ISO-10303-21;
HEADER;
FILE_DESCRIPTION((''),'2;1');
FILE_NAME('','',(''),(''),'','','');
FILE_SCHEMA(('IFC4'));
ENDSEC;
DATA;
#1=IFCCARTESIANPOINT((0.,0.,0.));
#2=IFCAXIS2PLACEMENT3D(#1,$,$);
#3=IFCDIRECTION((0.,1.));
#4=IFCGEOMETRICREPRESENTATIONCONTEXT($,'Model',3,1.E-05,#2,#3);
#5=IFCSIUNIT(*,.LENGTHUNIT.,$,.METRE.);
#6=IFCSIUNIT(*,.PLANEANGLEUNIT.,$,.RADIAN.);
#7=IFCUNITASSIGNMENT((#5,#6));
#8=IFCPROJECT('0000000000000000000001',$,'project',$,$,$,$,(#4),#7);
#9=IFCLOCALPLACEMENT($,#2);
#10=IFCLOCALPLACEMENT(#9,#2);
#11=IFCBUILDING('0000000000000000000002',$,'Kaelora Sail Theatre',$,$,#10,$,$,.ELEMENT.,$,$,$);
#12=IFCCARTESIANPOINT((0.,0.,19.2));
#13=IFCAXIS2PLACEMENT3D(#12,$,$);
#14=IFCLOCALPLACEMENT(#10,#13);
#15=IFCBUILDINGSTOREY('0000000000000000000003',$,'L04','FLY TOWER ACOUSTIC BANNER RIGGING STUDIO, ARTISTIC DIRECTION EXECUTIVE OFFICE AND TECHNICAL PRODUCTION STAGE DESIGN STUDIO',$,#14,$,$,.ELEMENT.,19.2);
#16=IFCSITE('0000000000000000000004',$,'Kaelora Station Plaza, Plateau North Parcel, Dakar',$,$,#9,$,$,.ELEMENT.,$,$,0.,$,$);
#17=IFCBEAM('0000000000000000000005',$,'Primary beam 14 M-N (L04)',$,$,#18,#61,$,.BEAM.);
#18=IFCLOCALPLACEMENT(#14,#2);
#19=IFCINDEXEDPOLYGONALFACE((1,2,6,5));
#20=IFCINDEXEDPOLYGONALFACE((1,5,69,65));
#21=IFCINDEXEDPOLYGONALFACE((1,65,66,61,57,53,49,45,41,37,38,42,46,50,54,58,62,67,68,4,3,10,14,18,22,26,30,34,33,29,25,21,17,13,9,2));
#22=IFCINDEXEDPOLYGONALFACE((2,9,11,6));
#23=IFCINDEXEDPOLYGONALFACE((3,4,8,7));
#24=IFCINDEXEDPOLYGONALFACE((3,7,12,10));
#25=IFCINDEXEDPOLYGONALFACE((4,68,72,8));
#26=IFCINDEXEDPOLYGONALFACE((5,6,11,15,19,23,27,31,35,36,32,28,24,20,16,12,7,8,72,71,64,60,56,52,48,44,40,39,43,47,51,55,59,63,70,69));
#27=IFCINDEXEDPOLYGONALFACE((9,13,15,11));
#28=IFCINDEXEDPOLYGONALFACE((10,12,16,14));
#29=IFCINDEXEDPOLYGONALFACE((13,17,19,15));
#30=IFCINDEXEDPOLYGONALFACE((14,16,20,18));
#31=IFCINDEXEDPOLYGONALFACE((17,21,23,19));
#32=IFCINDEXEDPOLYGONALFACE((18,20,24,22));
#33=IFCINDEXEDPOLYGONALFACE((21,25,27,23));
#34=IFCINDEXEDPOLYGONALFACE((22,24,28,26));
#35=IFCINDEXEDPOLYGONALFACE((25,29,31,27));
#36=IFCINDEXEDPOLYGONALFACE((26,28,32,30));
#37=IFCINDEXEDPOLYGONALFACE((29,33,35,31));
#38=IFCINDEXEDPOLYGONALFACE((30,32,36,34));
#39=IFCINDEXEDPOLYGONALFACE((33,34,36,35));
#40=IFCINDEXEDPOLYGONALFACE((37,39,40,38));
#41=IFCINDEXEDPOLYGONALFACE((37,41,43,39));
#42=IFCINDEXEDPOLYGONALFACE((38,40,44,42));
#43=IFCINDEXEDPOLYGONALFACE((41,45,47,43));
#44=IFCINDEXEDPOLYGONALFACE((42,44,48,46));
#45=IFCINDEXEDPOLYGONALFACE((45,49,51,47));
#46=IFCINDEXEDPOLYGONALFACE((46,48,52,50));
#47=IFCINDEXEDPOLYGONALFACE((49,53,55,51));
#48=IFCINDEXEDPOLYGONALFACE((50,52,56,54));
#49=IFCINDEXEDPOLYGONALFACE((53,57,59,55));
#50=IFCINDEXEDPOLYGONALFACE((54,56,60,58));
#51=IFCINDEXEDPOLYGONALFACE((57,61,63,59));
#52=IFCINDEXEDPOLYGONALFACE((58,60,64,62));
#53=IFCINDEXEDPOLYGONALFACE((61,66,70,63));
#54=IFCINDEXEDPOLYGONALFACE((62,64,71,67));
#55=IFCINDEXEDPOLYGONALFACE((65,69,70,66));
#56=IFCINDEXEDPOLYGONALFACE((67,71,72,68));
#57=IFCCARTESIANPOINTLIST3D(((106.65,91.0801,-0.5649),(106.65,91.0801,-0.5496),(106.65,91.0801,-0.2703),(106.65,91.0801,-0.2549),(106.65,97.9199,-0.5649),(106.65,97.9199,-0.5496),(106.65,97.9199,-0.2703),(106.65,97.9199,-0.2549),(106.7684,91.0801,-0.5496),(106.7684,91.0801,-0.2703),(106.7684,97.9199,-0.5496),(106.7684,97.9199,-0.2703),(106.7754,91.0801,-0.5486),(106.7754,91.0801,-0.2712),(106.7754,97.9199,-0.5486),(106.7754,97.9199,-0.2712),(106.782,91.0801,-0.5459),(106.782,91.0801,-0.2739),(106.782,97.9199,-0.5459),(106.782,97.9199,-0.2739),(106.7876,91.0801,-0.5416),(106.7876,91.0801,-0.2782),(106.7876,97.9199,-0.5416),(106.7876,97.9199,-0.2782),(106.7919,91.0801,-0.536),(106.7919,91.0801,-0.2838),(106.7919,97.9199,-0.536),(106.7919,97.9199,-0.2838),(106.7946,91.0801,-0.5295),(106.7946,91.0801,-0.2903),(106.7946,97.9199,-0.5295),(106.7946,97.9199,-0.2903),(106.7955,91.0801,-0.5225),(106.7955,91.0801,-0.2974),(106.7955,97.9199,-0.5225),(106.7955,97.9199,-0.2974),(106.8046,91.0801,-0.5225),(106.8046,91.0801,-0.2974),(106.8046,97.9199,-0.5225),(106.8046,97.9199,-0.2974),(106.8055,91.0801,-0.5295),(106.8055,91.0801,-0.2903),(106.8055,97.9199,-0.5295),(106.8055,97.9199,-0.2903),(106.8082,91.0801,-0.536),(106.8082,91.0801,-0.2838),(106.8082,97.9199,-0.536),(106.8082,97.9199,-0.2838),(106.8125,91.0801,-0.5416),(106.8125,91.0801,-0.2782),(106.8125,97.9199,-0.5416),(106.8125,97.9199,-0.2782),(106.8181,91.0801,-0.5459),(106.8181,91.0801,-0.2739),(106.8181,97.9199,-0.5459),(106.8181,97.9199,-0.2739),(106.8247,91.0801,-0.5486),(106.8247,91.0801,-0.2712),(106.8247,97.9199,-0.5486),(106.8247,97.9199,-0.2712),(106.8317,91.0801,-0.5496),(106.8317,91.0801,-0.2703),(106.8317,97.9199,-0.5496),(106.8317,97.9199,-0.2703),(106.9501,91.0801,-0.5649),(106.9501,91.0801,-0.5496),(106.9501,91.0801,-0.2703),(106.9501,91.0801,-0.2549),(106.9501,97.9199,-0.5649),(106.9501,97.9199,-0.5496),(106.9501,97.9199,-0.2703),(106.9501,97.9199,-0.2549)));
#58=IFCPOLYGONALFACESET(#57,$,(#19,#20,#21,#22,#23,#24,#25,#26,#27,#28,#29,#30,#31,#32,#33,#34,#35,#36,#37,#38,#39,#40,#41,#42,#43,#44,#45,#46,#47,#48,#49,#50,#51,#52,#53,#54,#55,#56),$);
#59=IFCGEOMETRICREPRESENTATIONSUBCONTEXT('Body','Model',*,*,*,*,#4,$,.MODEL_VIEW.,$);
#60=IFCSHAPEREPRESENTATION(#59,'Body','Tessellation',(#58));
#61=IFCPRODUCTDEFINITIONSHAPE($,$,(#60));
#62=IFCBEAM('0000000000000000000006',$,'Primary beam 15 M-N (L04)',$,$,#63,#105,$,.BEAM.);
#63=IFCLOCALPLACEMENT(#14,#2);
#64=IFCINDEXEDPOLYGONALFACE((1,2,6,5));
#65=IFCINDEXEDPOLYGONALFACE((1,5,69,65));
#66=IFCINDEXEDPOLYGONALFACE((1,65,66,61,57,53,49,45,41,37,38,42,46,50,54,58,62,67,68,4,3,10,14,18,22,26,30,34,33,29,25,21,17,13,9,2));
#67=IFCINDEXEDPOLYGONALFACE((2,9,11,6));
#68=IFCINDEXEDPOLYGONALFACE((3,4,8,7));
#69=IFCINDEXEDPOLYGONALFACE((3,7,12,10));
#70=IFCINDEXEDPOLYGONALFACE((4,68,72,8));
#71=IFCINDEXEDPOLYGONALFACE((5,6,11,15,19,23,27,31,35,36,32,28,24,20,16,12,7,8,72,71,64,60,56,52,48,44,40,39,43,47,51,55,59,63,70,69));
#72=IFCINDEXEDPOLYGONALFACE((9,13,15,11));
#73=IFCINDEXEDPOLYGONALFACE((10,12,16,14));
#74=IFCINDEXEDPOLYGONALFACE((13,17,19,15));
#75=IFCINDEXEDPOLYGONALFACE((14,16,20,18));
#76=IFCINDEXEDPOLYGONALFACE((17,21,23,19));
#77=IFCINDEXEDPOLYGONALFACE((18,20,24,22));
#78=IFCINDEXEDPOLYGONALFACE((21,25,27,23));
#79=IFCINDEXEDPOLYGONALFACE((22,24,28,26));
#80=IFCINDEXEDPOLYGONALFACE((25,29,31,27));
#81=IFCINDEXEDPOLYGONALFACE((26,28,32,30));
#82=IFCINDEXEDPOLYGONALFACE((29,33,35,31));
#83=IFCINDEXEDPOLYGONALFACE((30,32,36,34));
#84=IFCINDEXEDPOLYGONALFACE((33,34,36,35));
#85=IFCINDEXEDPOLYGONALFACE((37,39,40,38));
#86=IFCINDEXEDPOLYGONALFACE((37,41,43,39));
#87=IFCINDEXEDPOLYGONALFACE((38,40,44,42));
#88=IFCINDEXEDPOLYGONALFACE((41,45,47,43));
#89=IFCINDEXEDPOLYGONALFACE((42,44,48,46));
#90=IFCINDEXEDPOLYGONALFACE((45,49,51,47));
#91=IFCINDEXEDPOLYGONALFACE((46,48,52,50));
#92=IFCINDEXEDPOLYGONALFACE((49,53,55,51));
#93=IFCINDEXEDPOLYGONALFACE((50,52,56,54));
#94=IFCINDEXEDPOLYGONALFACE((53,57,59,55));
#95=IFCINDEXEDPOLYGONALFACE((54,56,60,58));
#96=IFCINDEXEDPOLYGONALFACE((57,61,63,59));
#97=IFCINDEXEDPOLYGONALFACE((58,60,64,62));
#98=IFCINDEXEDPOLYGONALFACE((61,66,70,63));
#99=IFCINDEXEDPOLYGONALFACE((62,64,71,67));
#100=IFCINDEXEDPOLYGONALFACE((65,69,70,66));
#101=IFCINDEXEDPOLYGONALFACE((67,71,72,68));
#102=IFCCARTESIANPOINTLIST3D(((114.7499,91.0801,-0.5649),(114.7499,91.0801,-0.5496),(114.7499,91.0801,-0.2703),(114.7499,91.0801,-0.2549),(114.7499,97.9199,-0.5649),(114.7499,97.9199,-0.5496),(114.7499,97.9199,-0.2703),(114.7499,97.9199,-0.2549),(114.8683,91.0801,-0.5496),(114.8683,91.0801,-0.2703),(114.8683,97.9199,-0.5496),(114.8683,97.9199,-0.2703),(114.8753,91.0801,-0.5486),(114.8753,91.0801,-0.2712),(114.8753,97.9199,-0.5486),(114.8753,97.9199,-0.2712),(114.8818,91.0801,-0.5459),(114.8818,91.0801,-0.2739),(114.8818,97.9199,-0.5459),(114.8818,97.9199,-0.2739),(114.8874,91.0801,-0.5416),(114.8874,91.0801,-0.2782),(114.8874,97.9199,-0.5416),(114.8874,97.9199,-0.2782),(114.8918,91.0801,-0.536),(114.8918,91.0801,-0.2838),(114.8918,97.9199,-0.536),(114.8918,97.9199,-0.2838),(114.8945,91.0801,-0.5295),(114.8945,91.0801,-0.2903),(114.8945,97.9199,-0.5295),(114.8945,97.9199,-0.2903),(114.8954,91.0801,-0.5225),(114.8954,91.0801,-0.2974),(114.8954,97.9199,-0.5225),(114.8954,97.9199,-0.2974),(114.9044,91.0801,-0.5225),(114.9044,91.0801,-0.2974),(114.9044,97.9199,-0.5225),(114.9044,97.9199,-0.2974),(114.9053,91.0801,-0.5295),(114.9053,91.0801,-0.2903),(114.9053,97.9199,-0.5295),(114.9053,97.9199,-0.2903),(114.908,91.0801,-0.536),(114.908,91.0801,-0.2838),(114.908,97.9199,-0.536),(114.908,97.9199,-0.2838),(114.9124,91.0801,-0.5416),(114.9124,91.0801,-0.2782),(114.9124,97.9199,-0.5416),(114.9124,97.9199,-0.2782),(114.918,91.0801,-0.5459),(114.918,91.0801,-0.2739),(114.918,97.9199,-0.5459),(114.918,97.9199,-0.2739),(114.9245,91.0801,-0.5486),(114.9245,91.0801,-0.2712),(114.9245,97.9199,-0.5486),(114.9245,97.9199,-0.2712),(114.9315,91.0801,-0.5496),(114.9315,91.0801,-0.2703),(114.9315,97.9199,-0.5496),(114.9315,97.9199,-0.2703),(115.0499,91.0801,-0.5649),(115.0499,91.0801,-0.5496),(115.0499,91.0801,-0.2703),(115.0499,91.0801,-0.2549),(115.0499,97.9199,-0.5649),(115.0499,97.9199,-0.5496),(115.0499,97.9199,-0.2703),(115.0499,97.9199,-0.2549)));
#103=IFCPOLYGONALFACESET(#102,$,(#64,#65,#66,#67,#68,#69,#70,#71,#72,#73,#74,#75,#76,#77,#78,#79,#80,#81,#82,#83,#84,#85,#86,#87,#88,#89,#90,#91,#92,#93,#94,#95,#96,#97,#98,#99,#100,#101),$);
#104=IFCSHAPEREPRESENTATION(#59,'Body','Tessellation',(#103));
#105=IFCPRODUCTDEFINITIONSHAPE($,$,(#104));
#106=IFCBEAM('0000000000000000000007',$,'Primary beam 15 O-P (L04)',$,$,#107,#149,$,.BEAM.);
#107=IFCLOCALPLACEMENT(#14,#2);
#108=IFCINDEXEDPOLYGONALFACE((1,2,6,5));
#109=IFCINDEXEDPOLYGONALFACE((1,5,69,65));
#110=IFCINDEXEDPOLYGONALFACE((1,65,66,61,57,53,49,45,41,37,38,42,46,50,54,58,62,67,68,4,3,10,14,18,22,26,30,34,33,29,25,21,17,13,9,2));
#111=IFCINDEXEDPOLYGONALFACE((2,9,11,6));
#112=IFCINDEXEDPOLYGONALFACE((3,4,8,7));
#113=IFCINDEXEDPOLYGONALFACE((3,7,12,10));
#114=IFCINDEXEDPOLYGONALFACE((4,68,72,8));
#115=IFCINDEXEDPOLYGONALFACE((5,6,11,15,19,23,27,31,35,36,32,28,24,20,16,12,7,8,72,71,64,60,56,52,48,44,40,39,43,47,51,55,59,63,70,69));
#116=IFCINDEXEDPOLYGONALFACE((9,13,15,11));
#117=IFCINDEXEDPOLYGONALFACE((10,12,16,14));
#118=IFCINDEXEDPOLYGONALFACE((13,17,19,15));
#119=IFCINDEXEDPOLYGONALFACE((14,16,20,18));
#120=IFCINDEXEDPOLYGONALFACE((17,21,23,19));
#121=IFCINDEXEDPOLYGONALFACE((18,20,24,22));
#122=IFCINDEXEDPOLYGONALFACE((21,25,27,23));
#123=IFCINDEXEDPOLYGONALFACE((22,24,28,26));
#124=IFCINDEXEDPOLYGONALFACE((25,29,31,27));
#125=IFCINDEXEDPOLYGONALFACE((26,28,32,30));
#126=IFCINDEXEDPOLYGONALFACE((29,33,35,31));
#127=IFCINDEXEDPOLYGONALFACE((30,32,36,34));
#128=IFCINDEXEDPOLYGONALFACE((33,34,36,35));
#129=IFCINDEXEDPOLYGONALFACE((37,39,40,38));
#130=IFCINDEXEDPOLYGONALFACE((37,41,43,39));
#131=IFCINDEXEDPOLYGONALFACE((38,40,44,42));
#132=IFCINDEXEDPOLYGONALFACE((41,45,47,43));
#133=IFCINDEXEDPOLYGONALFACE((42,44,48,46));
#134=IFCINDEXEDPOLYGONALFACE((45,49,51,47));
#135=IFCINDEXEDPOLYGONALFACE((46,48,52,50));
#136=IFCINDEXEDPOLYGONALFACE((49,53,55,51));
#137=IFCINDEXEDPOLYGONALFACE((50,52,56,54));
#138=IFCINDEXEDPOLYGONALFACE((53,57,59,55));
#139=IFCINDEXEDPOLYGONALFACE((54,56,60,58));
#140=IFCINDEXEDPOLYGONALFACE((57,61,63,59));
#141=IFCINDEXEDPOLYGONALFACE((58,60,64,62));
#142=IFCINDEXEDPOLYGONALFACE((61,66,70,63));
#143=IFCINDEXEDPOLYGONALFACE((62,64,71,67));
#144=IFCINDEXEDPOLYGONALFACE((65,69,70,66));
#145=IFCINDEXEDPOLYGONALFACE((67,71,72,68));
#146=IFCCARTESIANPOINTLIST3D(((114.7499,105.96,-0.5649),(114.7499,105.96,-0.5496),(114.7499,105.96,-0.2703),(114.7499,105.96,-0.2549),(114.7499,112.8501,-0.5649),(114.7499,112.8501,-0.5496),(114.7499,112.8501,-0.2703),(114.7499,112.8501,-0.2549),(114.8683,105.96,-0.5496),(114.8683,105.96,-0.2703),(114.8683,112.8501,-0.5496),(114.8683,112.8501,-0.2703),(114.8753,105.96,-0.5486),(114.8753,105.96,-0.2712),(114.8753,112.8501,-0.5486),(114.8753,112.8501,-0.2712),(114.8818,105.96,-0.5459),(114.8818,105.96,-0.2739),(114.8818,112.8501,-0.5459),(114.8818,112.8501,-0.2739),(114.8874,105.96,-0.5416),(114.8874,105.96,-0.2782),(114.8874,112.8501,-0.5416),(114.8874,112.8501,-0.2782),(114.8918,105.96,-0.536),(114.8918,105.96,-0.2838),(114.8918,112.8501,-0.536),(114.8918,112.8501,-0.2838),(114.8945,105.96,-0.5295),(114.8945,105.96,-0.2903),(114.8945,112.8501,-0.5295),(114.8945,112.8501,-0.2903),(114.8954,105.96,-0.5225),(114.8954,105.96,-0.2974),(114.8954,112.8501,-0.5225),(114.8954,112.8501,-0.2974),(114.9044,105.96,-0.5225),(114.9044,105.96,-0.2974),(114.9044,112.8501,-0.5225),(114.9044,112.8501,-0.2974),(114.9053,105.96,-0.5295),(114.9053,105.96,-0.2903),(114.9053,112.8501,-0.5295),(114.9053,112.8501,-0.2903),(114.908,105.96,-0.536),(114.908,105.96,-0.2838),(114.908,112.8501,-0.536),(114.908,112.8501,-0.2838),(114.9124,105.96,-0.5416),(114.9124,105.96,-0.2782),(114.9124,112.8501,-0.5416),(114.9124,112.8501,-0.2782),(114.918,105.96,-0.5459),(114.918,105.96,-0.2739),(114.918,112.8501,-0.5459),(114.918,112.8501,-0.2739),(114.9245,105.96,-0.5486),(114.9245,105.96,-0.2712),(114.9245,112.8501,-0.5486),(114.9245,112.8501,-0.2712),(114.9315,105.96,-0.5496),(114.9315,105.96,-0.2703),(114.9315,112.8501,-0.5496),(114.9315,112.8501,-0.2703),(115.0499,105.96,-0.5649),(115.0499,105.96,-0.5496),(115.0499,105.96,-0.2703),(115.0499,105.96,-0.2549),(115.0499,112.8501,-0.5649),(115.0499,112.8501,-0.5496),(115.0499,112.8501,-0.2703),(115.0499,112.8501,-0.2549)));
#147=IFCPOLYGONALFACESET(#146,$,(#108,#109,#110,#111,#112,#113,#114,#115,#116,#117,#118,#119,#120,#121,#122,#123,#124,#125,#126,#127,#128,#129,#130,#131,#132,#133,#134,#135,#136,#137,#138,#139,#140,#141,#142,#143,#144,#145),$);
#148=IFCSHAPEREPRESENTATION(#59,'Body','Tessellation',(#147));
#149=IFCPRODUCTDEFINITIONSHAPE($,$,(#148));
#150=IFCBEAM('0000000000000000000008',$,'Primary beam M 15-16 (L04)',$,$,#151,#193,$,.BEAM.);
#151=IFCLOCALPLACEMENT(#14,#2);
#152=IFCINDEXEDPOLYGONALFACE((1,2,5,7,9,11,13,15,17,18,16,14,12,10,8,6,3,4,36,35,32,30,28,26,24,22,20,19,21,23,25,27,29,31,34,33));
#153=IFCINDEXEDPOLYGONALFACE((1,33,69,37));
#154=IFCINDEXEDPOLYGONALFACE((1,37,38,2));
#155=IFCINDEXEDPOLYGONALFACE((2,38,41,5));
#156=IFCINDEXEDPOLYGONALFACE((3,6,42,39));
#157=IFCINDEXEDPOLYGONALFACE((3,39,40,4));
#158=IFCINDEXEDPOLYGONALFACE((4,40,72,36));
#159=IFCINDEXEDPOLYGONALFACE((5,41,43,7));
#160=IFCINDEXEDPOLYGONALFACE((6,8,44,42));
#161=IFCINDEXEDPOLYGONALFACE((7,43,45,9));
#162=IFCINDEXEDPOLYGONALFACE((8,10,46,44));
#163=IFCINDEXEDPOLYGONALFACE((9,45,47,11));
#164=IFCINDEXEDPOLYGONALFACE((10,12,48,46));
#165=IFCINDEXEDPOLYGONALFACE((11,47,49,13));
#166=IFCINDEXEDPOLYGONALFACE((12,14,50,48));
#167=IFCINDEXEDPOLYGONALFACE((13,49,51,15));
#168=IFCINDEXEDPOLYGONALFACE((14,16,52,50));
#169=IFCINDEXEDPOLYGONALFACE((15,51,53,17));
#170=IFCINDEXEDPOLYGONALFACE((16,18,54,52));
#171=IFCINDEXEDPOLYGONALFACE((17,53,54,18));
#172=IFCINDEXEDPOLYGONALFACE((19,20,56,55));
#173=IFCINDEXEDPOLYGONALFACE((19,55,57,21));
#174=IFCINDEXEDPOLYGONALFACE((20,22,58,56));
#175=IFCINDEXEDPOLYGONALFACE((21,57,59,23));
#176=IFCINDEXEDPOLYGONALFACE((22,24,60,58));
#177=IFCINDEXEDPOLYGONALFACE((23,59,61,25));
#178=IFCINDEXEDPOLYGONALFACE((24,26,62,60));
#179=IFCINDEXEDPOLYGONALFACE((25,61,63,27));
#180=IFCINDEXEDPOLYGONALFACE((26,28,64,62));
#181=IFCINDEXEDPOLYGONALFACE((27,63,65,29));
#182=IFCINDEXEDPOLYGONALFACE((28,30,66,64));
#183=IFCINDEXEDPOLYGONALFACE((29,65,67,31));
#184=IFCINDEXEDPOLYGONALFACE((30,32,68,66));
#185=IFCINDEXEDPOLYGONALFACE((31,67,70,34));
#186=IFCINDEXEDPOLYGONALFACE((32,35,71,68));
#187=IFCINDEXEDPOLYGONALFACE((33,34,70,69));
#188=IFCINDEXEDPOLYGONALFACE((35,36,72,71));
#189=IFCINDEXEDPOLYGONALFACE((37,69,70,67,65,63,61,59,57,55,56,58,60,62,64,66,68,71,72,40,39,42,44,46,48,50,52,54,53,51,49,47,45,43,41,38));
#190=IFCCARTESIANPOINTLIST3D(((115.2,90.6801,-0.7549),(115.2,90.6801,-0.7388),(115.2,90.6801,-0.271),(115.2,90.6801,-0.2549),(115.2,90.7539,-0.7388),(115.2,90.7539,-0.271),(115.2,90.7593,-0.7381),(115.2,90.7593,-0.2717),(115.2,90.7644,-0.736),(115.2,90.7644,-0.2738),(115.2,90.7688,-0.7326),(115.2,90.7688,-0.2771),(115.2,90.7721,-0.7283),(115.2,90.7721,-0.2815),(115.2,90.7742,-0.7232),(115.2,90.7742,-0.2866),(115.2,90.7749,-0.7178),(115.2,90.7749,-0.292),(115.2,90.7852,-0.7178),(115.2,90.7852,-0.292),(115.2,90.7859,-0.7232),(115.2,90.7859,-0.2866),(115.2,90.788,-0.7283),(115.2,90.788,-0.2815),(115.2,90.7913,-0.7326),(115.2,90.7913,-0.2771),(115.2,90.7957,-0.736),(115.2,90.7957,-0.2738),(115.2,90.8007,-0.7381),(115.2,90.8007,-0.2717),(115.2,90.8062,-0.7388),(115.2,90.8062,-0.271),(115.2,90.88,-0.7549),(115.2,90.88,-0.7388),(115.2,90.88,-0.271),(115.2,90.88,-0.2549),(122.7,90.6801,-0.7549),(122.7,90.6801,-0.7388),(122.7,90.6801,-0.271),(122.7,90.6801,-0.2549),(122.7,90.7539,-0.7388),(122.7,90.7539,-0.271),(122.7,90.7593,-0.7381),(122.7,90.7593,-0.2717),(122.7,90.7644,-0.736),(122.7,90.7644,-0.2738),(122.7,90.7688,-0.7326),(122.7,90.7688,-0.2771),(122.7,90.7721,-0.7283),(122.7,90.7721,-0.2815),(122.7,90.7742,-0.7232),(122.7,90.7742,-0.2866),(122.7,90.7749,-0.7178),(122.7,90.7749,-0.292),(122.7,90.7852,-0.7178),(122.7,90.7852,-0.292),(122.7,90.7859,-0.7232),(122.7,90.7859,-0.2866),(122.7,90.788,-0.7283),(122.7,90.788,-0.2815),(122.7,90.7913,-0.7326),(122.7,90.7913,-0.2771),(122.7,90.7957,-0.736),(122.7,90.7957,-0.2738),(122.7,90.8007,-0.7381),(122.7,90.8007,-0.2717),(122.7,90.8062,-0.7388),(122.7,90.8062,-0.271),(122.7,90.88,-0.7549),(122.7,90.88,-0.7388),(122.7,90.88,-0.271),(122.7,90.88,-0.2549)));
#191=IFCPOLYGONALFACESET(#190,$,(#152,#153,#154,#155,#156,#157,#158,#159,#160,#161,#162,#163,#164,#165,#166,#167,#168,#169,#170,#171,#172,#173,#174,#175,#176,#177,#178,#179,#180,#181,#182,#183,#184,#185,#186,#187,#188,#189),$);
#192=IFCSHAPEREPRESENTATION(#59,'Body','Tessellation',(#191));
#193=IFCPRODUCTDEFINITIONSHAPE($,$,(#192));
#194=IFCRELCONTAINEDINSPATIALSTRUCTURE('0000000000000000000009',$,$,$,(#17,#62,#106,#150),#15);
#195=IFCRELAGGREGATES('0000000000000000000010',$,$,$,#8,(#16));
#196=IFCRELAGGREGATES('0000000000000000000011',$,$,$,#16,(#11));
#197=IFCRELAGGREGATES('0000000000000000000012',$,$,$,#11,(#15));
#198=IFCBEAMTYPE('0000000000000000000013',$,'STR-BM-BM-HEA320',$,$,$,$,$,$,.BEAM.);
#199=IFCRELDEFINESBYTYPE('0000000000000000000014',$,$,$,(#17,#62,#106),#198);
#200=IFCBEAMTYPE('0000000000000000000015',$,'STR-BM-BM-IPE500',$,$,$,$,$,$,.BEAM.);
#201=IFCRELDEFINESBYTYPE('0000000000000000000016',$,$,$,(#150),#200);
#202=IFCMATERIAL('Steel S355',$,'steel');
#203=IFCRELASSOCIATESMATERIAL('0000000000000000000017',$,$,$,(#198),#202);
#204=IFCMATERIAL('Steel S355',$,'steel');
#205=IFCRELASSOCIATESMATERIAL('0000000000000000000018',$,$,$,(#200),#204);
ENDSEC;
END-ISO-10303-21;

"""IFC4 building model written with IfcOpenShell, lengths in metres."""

from ifc_helpers import new_model, si_unit, direction, frame, origin, origin_2d, place, context, subcontext, project, spatial, i_section, extrude, material, material_profile, profile_set, type_object, element, save


model = new_model("IFC4")

# Units and contexts
model_context = context("Model", 3, precision=1e-05, world=origin(), true_north=direction((0.0, 1.0)))
body_context = subcontext(model_context, "Body", "Model", "MODEL_VIEW")
ifc_project = project(units=[si_unit("LENGTHUNIT", "METRE"), si_unit("PLANEANGLEUNIT", "RADIAN")], contexts=[model_context])

# Site, building, storey
site_placement = place(None, origin())
site = spatial("IfcSite", under=ifc_project, at=site_placement, Name="Kaelora Station Plaza, Plateau North Parcel, Dakar", CompositionType="ELEMENT", RefElevation=0.0)
building_placement = place(site_placement, origin())
building = spatial("IfcBuilding", under=site, at=building_placement, Name="Kaelora Sail Theatre", CompositionType="ELEMENT")
storey_placement = place(building_placement, frame((0.0, 0.0, 19.2)))
storey = spatial("IfcBuildingStorey", under=building, at=storey_placement, Name="L04", Description="FLY TOWER ACOUSTIC BANNER RIGGING STUDIO, ARTISTIC DIRECTION EXECUTIVE OFFICE AND TECHNICAL PRODUCTION STAGE DESIGN STUDIO", CompositionType="ELEMENT", Elevation=19.2)

# Beams
ifc_material_1 = material(Name="Steel S355", Category="steel")
ifc_material_profile_1 = material_profile(ifc_material_1, i_section(OverallWidth=0.3, OverallDepth=0.3101, WebThickness=0.009, FlangeThickness=0.0154, FilletRadius=0.0271, at=origin_2d()), Name="HEA 320")
ifc_profile_set_1 = profile_set([ifc_material_profile_1], Name="Steel S355")
beam_type_1 = type_object("IfcBeamType", Name="STR-BM-BM-HEA320", PredefinedType="BEAM", material=ifc_profile_set_1)
for number, where, z_axis, x_axis, name in (
    (1, (106.8, 91.0801, -0.4099), (0.0, 1.0, 0.0), (-1.0, 0.0, 0.0), "Primary beam 14 M-N (L04)"),
    (2, (114.8999, 91.0801, -0.4099), (0.0, 1.0, 0.0), (-1.0, 0.0, 0.0), "Primary beam 15 M-N (L04)"),
):
    element("IfcBeam", number, at=place(storey_placement, frame(where, z_axis=z_axis, x_axis=x_axis)), inside=storey, type_object=beam_type_1, Name=name, PredefinedType="BEAM", context=body_context, shape_type="SweptSolid", body=[
        extrude(i_section(OverallWidth=0.3, OverallDepth=0.3101, WebThickness=0.009, FlangeThickness=0.0154, FilletRadius=0.0271, at=origin_2d()), origin(), (0.0, 0.0, 1.0), 6.8398),
    ])
beam_1_placement = place(storey_placement, frame((114.8999, 105.96, -0.4099), z_axis=(0.0, 1.0, 0.0), x_axis=(-1.0, 0.0, 0.0)))
element("IfcBeam", 3, at=beam_1_placement, inside=storey, type_object=beam_type_1, Name="Primary beam 15 O-P (L04)", PredefinedType="BEAM", context=body_context, shape_type="SweptSolid", body=[
    extrude(i_section(OverallWidth=0.3, OverallDepth=0.3101, WebThickness=0.009, FlangeThickness=0.0154, FilletRadius=0.0271, at=origin_2d()), origin(), (0.0, 0.0, 1.0), 6.8901),
])
ifc_material_2 = material(Name="Steel S355", Category="steel")
ifc_material_profile_2 = material_profile(ifc_material_2, i_section(OverallWidth=0.2, OverallDepth=0.5, WebThickness=0.0103, FlangeThickness=0.0161, FilletRadius=0.021, at=origin_2d()), Name="IPE 500")
ifc_profile_set_2 = profile_set([ifc_material_profile_2], Name="Steel S355")
beam_type_2 = type_object("IfcBeamType", Name="STR-BM-BM-IPE500", PredefinedType="BEAM", material=ifc_profile_set_2)
for number, where, z_axis, x_axis, name in (
    (4, (115.2, 90.78, -0.5049), (1.0, 0.0, 0.0), (0.0, 1.0, 0.0), "Primary beam M 15-16 (L04)"),
):
    element("IfcBeam", number, at=place(storey_placement, frame(where, z_axis=z_axis, x_axis=x_axis)), inside=storey, type_object=beam_type_2, Name=name, PredefinedType="BEAM", context=body_context, shape_type="SweptSolid", body=[
        extrude(i_section(OverallWidth=0.2, OverallDepth=0.5, WebThickness=0.0103, FlangeThickness=0.0161, FilletRadius=0.021, at=origin_2d()), origin(), (0.0, 0.0, 1.0), 7.5),
    ])

save(model, "model.ifc")
